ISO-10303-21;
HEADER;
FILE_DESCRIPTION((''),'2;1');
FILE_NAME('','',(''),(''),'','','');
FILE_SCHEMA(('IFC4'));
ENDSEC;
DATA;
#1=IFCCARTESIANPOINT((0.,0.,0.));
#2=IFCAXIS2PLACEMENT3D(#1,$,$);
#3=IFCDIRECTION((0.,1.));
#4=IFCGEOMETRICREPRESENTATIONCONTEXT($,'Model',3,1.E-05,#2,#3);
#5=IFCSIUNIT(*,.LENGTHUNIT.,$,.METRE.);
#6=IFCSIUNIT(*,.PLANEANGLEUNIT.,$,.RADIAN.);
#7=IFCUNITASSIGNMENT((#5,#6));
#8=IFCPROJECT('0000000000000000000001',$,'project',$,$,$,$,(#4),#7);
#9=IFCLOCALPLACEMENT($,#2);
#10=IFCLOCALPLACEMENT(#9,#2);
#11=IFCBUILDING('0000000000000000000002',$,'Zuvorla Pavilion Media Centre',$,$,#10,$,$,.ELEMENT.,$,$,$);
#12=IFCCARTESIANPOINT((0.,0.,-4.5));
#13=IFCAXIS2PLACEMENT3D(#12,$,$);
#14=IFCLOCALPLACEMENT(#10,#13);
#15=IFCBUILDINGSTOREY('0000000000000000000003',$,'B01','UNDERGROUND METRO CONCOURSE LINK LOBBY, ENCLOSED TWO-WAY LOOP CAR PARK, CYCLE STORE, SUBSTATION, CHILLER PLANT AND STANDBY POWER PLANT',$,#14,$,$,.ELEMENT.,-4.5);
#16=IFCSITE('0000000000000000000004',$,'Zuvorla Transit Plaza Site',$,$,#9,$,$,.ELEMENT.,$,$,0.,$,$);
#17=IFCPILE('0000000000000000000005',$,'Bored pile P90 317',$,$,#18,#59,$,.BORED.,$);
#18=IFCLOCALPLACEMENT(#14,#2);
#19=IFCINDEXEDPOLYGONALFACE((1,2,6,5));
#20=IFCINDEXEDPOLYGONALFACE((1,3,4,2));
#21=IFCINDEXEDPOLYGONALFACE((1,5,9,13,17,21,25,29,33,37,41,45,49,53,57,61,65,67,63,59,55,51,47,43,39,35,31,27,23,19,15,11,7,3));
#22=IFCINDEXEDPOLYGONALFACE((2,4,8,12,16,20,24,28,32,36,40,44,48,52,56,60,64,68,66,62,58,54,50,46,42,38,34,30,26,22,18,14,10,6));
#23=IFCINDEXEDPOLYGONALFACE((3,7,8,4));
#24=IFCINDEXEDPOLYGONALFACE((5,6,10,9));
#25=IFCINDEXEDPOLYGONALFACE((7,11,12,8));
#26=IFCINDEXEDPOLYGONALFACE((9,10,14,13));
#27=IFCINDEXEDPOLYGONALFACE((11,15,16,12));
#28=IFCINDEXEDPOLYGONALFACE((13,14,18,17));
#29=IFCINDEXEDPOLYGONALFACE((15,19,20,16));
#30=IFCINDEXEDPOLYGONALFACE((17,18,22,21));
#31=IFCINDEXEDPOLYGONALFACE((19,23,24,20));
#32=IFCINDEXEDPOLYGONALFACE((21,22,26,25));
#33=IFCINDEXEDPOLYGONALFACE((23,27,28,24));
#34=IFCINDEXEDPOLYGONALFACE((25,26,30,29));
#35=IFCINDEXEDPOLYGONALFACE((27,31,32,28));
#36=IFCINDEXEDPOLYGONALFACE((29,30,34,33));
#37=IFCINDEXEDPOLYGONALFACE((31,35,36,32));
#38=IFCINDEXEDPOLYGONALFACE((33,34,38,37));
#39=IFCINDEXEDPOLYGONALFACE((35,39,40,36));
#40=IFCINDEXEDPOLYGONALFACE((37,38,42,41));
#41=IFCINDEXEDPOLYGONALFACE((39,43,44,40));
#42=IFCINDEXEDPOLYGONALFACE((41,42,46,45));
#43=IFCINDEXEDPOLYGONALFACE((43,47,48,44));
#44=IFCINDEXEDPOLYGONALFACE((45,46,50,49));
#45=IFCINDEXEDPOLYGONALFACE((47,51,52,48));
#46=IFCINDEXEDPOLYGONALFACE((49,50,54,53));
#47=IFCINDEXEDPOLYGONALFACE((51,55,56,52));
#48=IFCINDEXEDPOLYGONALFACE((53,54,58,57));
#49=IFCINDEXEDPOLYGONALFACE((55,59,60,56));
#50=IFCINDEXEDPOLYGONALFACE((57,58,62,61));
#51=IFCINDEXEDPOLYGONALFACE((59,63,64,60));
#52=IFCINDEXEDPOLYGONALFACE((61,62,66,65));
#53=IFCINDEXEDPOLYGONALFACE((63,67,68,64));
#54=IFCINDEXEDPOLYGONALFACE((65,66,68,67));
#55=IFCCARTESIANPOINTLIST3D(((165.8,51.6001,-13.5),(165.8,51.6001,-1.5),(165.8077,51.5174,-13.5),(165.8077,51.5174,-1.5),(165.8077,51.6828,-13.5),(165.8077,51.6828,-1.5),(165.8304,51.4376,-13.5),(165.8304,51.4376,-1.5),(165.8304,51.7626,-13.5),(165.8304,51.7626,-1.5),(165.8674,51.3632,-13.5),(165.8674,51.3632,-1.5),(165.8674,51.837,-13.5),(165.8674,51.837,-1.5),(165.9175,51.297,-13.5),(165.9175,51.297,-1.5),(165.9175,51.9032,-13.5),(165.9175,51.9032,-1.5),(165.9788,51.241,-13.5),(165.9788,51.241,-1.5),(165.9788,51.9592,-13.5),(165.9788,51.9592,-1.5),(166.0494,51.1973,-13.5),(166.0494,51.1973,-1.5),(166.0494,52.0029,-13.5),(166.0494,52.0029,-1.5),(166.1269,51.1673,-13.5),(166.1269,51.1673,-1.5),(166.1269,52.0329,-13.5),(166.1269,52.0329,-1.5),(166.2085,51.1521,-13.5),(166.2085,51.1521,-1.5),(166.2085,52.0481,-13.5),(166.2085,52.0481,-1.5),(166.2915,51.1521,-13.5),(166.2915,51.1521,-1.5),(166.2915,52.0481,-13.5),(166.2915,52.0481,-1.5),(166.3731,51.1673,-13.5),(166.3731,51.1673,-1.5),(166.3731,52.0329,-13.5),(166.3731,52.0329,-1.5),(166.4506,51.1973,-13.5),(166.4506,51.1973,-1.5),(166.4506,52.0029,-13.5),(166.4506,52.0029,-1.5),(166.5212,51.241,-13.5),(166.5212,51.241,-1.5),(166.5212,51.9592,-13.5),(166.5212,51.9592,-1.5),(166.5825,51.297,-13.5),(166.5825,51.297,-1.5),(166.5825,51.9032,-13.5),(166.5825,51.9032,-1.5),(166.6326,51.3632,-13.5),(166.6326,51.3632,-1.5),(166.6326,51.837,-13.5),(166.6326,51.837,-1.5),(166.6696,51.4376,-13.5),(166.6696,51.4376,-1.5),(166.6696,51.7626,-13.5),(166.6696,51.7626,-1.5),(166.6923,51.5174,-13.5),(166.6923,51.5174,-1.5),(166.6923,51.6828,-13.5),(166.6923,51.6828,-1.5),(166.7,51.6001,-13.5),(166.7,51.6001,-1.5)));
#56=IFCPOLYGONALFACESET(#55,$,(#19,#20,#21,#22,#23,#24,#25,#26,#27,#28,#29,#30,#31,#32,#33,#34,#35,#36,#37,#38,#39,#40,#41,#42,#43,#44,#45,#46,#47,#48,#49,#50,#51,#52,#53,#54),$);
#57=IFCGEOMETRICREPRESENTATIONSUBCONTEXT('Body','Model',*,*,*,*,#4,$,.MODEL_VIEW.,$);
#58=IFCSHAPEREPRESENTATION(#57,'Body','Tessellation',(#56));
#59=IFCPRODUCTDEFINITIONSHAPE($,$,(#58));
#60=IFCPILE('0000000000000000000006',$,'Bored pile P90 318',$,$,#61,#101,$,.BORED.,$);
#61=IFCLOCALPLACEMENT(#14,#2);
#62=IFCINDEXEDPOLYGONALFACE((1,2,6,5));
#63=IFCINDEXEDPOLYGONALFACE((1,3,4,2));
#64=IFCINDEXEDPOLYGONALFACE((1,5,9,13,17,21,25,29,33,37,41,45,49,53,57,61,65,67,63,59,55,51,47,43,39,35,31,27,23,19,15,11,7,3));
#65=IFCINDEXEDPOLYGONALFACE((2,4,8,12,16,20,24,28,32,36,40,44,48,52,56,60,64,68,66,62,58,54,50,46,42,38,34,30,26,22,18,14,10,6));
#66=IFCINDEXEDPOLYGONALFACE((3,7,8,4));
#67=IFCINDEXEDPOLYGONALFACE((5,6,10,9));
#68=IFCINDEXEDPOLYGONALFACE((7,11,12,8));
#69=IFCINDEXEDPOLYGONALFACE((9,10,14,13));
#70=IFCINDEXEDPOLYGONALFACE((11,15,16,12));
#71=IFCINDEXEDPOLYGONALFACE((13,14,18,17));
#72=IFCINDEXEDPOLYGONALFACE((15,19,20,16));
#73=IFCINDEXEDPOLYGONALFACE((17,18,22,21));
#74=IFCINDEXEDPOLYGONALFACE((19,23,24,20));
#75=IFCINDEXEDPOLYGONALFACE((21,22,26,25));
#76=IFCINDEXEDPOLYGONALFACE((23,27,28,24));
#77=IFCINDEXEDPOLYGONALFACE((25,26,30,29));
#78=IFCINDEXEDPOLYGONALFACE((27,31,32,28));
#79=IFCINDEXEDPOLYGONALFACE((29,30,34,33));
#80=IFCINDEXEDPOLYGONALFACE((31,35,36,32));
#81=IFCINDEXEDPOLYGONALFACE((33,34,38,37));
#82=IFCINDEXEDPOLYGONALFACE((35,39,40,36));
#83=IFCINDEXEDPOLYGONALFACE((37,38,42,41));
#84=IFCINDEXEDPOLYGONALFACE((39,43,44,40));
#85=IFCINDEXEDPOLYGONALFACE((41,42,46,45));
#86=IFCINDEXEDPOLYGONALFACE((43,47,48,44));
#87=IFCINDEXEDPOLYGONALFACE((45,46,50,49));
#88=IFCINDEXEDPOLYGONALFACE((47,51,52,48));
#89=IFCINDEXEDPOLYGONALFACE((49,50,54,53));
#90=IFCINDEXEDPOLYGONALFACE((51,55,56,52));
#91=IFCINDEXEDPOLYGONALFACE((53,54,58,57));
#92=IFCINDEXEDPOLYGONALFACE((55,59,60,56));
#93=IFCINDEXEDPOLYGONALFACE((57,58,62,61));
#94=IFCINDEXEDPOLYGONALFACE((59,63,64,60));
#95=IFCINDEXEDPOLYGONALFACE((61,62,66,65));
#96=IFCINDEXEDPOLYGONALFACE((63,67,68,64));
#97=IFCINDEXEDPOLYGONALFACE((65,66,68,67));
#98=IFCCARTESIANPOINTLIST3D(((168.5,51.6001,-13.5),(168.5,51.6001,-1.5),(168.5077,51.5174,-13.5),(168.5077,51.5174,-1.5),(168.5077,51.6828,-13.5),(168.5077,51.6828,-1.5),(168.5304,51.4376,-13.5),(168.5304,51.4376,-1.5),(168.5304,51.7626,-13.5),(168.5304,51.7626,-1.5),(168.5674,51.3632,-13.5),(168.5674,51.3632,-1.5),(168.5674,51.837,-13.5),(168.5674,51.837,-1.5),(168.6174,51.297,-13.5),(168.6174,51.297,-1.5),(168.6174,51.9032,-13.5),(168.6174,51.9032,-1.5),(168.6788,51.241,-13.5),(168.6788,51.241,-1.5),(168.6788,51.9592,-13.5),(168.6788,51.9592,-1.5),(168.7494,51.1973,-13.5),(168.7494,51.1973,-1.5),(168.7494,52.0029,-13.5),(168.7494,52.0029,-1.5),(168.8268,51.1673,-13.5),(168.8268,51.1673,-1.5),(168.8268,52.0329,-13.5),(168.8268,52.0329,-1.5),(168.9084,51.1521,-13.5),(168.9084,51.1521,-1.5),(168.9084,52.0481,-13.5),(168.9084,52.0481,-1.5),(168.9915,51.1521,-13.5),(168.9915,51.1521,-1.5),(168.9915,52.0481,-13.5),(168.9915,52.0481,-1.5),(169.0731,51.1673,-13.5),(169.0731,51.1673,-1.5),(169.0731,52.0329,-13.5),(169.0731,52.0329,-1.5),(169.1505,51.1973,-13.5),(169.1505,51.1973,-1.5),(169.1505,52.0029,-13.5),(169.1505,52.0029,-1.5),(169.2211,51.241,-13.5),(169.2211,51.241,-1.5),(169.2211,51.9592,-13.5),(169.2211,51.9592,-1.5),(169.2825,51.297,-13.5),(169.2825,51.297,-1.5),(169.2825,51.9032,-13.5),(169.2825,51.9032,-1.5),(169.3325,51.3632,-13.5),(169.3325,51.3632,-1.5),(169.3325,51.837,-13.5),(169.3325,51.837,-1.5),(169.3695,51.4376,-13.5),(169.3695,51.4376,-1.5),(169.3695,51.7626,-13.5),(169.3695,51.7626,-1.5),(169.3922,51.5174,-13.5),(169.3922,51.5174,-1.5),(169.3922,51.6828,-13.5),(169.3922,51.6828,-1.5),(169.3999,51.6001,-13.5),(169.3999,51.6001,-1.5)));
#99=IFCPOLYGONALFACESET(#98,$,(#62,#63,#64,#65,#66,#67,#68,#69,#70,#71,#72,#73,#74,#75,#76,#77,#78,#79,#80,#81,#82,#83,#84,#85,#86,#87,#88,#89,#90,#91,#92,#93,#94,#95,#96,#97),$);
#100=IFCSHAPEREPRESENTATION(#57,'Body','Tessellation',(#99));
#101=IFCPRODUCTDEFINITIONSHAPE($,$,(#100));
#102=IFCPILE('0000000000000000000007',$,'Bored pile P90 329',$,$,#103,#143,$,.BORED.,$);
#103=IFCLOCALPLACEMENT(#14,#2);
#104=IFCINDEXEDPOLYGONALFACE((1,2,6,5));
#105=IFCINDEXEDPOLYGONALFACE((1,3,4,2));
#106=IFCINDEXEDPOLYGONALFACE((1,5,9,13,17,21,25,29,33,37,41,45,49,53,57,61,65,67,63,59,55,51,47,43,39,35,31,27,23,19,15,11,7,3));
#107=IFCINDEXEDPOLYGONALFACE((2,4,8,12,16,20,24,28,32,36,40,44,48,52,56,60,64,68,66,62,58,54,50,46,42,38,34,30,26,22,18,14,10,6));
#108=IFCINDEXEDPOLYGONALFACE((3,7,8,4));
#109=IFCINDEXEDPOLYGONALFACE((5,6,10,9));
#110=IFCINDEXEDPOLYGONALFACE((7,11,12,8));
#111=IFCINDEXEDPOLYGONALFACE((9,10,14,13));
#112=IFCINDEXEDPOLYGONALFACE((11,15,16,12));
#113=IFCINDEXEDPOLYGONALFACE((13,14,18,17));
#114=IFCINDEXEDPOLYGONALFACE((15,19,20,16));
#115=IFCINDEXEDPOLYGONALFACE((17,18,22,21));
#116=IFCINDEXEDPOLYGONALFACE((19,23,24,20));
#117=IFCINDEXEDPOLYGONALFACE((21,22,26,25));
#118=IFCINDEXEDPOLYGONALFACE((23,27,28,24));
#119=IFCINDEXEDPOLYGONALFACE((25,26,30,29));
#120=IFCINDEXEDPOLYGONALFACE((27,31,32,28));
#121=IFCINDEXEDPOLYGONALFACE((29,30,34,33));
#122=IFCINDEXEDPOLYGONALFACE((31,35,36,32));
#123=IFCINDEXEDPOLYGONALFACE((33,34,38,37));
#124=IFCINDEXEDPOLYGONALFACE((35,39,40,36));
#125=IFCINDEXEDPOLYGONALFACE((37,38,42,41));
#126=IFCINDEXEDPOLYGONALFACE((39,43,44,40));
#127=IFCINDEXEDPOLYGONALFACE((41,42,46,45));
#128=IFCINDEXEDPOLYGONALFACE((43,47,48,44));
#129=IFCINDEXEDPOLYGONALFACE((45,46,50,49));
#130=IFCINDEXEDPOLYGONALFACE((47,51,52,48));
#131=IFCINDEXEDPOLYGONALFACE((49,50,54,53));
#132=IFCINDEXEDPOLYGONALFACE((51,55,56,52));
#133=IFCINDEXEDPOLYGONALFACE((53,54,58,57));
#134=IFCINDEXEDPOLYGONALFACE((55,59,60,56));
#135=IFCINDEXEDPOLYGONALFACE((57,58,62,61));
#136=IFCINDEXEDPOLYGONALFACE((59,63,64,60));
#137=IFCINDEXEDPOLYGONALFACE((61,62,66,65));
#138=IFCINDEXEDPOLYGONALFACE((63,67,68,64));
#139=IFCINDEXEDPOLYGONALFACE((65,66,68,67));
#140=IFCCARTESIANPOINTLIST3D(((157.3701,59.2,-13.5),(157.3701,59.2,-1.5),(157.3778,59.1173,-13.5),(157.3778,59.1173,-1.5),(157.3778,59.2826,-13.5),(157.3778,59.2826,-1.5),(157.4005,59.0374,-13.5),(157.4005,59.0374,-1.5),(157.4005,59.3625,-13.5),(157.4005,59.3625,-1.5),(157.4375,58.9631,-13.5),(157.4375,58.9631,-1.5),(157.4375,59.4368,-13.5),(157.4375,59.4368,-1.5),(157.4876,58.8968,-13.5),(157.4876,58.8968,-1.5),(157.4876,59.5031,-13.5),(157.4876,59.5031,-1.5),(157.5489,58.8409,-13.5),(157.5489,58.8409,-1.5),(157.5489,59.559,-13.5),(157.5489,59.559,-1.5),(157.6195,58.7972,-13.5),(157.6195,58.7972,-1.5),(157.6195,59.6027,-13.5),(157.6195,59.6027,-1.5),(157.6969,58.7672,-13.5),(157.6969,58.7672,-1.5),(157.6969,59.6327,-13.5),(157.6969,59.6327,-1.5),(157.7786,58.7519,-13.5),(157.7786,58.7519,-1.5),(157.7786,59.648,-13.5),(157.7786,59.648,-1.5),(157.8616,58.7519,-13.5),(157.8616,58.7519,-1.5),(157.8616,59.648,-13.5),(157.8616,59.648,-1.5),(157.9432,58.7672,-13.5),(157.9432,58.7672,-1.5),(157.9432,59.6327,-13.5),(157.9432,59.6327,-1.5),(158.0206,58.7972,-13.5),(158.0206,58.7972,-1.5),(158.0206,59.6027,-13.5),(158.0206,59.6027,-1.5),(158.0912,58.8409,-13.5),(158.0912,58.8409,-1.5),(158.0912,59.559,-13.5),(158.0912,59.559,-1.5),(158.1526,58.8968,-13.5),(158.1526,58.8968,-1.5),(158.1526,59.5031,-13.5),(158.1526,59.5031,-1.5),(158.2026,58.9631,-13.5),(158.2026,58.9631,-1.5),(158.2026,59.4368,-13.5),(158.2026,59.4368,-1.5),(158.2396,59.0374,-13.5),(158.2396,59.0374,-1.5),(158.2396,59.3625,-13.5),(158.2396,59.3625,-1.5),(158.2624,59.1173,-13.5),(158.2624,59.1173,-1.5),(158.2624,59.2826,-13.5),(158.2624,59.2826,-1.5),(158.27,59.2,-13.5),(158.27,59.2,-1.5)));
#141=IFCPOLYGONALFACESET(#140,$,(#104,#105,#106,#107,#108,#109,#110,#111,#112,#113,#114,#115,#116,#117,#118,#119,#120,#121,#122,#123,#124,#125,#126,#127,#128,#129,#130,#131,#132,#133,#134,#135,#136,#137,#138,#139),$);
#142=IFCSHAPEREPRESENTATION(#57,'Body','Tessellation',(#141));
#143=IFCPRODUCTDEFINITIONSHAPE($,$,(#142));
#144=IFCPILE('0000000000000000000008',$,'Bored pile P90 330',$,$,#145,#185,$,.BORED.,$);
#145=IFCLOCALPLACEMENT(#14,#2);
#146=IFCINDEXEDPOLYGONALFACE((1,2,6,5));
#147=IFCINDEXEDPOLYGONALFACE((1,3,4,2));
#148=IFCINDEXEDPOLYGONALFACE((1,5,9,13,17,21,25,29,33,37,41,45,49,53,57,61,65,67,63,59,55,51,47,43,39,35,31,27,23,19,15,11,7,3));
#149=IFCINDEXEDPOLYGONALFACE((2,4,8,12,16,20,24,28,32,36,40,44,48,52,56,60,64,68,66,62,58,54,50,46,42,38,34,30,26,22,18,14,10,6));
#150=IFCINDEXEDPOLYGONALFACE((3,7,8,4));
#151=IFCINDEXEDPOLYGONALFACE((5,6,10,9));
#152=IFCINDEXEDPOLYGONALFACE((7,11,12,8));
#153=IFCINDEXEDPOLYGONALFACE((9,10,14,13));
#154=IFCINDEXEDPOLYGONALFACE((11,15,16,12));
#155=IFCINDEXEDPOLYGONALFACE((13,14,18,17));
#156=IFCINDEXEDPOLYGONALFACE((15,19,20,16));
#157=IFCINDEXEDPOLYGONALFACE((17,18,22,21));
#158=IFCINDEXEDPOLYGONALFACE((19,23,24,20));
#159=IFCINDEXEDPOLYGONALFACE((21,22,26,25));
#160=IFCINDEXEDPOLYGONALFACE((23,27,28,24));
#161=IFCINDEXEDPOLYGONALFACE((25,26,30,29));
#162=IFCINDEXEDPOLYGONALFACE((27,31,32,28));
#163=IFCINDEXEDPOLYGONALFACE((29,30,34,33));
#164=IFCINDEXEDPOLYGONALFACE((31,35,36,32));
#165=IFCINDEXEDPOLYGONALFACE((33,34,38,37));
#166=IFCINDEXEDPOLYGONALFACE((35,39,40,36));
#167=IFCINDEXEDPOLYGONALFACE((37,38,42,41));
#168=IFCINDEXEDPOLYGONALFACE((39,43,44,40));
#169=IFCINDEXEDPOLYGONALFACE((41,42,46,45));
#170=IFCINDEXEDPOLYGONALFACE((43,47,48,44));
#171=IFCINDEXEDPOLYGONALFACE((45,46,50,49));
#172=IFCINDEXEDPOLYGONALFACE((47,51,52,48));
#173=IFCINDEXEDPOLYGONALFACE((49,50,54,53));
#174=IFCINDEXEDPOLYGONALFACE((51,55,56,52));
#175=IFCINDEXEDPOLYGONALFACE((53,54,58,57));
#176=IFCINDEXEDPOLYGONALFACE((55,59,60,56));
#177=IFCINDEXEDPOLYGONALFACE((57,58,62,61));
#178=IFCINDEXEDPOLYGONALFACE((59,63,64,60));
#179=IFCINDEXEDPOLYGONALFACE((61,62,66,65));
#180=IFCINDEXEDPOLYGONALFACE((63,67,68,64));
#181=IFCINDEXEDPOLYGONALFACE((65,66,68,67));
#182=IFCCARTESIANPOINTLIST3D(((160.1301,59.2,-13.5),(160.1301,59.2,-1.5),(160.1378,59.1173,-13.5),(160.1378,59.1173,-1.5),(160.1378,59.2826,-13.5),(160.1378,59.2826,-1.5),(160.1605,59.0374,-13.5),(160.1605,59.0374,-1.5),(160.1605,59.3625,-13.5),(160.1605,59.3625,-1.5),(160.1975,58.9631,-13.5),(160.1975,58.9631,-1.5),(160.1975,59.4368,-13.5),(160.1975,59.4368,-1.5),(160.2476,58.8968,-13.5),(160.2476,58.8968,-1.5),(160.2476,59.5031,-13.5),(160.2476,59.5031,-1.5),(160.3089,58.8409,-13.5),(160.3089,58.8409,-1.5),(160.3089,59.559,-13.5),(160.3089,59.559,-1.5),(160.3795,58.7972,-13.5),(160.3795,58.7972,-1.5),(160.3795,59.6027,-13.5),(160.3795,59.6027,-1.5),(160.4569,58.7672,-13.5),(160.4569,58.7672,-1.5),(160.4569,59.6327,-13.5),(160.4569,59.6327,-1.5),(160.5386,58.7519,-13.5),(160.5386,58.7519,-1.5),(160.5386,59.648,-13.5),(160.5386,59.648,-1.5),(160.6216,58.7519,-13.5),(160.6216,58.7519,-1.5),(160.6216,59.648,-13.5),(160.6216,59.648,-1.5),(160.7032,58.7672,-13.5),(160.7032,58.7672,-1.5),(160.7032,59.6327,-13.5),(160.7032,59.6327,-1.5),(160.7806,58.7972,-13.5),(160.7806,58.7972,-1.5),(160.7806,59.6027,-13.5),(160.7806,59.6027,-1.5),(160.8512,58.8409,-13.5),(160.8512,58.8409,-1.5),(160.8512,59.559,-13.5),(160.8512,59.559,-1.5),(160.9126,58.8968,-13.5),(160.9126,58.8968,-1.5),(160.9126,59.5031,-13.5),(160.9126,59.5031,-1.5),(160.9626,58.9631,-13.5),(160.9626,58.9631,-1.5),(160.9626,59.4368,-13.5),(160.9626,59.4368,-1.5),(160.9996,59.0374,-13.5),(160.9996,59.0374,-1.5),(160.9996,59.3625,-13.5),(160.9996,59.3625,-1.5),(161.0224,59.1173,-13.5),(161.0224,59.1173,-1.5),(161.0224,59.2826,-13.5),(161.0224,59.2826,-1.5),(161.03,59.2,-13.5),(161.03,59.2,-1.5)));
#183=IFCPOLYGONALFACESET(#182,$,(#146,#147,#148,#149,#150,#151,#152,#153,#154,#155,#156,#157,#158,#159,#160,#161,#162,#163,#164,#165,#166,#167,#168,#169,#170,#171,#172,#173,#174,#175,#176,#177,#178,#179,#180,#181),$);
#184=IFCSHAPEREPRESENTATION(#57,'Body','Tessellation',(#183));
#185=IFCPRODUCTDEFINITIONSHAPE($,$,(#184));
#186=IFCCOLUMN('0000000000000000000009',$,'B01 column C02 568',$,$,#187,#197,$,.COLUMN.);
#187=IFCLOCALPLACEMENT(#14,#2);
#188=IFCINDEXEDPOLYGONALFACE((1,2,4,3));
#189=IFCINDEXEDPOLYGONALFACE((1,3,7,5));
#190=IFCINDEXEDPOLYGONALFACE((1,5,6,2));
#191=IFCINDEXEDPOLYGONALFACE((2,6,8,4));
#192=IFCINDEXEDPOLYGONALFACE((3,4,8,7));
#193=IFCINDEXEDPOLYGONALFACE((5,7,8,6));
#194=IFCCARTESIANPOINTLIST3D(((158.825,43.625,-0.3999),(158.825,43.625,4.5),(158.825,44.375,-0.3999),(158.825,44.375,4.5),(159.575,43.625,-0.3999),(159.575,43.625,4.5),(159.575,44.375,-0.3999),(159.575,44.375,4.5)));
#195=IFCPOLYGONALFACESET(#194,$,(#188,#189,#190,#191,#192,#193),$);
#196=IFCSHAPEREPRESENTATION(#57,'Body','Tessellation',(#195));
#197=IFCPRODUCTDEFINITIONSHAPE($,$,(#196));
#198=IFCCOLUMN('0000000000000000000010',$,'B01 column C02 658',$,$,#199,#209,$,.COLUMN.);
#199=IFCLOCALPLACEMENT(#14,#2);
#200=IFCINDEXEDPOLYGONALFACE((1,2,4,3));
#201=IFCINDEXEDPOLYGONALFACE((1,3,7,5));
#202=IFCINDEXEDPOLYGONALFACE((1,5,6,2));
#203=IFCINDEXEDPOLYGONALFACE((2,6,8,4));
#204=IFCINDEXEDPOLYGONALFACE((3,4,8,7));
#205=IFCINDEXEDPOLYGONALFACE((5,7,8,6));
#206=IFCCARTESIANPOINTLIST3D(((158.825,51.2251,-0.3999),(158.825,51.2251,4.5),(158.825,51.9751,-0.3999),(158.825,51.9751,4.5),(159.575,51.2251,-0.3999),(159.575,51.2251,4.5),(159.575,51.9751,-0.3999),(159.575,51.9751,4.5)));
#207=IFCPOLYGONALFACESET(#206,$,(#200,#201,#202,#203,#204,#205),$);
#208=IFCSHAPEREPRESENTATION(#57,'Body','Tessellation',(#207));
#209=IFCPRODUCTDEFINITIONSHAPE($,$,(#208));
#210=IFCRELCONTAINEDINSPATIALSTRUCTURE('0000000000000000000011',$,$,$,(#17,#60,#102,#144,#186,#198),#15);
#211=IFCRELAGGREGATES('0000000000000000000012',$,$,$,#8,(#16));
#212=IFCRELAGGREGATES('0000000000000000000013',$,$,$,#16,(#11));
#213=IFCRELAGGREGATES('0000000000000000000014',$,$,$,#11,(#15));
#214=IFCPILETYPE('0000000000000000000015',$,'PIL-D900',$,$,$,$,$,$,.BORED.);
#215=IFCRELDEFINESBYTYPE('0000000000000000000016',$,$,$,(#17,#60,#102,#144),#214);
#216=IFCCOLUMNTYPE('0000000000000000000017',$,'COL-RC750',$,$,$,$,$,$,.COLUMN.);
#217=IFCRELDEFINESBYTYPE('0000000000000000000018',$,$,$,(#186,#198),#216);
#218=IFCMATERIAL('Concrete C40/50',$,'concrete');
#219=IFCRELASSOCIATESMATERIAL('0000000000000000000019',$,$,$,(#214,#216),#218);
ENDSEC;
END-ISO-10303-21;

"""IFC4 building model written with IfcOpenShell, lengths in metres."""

from ifc_helpers import new_model, si_unit, direction, frame, origin, origin_2d, place, context, subcontext, project, spatial, rectangle, circle, extrude, material, material_profile, profile_set, type_object, element, save


model = new_model("IFC4")

# Units and contexts
model_context = context("Model", 3, precision=1e-05, world=origin(), true_north=direction((0.0, 1.0)))
body_context = subcontext(model_context, "Body", "Model", "MODEL_VIEW")
ifc_project = project(units=[si_unit("LENGTHUNIT", "METRE"), si_unit("PLANEANGLEUNIT", "RADIAN")], contexts=[model_context])

# Site, building, storey
site_placement = place(None, origin())
site = spatial("IfcSite", under=ifc_project, at=site_placement, Name="Zuvorla Transit Plaza Site", CompositionType="ELEMENT", RefElevation=0.0)
building_placement = place(site_placement, origin())
building = spatial("IfcBuilding", under=site, at=building_placement, Name="Zuvorla Pavilion Media Centre", CompositionType="ELEMENT")
storey_placement = place(building_placement, frame((0.0, 0.0, -4.5)))
storey = spatial("IfcBuildingStorey", under=building, at=storey_placement, Name="B01", Description="UNDERGROUND METRO CONCOURSE LINK LOBBY, ENCLOSED TWO-WAY LOOP CAR PARK, CYCLE STORE, SUBSTATION, CHILLER PLANT AND STANDBY POWER PLANT", CompositionType="ELEMENT", Elevation=-4.5)

# Shared definitions
ifc_material = material(Name="Concrete C40/50", Category="concrete")

# Piles
ifc_material_profile_1 = material_profile(ifc_material, circle(Radius=0.45, at=origin_2d()), Name="BORED PILE 900")
ifc_profile_set_1 = profile_set([ifc_material_profile_1], Name="Concrete C40/50")
pile_type = type_object("IfcPileType", Name="PIL-D900", PredefinedType="BORED", material=ifc_profile_set_1)
for number, where, z_axis, x_axis, name in (
    (1, (166.25, 51.6001, -1.5), (0.0, 0.0, -1.0), (1.0, 0.0, 0.0), "Bored pile P90 317"),
    (2, (168.95, 51.6001, -1.5), (0.0, 0.0, -1.0), (1.0, 0.0, 0.0), "Bored pile P90 318"),
    (3, (157.8201, 59.2, -1.5), (0.0, 0.0, -1.0), (1.0, 0.0, 0.0), "Bored pile P90 329"),
    (4, (160.5801, 59.2, -1.5), (0.0, 0.0, -1.0), (1.0, 0.0, 0.0), "Bored pile P90 330"),
):
    element("IfcPile", number, at=place(storey_placement, frame(where, z_axis=z_axis, x_axis=x_axis)), inside=storey, type_object=pile_type, Name=name, PredefinedType="BORED", context=body_context, shape_type="SweptSolid", body=[
        extrude(circle(Radius=0.45, at=origin_2d()), origin(), (0.0, 0.0, 1.0), 12.0),
    ])

# Columns
ifc_material_profile_2 = material_profile(ifc_material, rectangle(XDim=0.75, YDim=0.75, at=origin_2d()), Name="RC 750x750")
ifc_profile_set_2 = profile_set([ifc_material_profile_2], Name="Concrete C40/50")
column_type = type_object("IfcColumnType", Name="COL-RC750", PredefinedType="COLUMN", material=ifc_profile_set_2)
for number, where, z_axis, x_axis, name in (
    (5, (159.2, 44.0, -0.3999), (0.0, 0.0, 1.0), (1.0, 0.0, 0.0), "B01 column C02 568"),
    (6, (159.2, 51.6001, -0.3999), (0.0, 0.0, 1.0), (1.0, 0.0, 0.0), "B01 column C02 658"),
):
    element("IfcColumn", number, at=place(storey_placement, frame(where, z_axis=z_axis, x_axis=x_axis)), inside=storey, type_object=column_type, Name=name, PredefinedType="COLUMN", context=body_context, shape_type="SweptSolid", body=[
        extrude(rectangle(XDim=0.75, YDim=0.75, at=origin_2d()), origin(), (0.0, 0.0, 1.0), 4.8999),
    ])

save(model, "model.ifc")
